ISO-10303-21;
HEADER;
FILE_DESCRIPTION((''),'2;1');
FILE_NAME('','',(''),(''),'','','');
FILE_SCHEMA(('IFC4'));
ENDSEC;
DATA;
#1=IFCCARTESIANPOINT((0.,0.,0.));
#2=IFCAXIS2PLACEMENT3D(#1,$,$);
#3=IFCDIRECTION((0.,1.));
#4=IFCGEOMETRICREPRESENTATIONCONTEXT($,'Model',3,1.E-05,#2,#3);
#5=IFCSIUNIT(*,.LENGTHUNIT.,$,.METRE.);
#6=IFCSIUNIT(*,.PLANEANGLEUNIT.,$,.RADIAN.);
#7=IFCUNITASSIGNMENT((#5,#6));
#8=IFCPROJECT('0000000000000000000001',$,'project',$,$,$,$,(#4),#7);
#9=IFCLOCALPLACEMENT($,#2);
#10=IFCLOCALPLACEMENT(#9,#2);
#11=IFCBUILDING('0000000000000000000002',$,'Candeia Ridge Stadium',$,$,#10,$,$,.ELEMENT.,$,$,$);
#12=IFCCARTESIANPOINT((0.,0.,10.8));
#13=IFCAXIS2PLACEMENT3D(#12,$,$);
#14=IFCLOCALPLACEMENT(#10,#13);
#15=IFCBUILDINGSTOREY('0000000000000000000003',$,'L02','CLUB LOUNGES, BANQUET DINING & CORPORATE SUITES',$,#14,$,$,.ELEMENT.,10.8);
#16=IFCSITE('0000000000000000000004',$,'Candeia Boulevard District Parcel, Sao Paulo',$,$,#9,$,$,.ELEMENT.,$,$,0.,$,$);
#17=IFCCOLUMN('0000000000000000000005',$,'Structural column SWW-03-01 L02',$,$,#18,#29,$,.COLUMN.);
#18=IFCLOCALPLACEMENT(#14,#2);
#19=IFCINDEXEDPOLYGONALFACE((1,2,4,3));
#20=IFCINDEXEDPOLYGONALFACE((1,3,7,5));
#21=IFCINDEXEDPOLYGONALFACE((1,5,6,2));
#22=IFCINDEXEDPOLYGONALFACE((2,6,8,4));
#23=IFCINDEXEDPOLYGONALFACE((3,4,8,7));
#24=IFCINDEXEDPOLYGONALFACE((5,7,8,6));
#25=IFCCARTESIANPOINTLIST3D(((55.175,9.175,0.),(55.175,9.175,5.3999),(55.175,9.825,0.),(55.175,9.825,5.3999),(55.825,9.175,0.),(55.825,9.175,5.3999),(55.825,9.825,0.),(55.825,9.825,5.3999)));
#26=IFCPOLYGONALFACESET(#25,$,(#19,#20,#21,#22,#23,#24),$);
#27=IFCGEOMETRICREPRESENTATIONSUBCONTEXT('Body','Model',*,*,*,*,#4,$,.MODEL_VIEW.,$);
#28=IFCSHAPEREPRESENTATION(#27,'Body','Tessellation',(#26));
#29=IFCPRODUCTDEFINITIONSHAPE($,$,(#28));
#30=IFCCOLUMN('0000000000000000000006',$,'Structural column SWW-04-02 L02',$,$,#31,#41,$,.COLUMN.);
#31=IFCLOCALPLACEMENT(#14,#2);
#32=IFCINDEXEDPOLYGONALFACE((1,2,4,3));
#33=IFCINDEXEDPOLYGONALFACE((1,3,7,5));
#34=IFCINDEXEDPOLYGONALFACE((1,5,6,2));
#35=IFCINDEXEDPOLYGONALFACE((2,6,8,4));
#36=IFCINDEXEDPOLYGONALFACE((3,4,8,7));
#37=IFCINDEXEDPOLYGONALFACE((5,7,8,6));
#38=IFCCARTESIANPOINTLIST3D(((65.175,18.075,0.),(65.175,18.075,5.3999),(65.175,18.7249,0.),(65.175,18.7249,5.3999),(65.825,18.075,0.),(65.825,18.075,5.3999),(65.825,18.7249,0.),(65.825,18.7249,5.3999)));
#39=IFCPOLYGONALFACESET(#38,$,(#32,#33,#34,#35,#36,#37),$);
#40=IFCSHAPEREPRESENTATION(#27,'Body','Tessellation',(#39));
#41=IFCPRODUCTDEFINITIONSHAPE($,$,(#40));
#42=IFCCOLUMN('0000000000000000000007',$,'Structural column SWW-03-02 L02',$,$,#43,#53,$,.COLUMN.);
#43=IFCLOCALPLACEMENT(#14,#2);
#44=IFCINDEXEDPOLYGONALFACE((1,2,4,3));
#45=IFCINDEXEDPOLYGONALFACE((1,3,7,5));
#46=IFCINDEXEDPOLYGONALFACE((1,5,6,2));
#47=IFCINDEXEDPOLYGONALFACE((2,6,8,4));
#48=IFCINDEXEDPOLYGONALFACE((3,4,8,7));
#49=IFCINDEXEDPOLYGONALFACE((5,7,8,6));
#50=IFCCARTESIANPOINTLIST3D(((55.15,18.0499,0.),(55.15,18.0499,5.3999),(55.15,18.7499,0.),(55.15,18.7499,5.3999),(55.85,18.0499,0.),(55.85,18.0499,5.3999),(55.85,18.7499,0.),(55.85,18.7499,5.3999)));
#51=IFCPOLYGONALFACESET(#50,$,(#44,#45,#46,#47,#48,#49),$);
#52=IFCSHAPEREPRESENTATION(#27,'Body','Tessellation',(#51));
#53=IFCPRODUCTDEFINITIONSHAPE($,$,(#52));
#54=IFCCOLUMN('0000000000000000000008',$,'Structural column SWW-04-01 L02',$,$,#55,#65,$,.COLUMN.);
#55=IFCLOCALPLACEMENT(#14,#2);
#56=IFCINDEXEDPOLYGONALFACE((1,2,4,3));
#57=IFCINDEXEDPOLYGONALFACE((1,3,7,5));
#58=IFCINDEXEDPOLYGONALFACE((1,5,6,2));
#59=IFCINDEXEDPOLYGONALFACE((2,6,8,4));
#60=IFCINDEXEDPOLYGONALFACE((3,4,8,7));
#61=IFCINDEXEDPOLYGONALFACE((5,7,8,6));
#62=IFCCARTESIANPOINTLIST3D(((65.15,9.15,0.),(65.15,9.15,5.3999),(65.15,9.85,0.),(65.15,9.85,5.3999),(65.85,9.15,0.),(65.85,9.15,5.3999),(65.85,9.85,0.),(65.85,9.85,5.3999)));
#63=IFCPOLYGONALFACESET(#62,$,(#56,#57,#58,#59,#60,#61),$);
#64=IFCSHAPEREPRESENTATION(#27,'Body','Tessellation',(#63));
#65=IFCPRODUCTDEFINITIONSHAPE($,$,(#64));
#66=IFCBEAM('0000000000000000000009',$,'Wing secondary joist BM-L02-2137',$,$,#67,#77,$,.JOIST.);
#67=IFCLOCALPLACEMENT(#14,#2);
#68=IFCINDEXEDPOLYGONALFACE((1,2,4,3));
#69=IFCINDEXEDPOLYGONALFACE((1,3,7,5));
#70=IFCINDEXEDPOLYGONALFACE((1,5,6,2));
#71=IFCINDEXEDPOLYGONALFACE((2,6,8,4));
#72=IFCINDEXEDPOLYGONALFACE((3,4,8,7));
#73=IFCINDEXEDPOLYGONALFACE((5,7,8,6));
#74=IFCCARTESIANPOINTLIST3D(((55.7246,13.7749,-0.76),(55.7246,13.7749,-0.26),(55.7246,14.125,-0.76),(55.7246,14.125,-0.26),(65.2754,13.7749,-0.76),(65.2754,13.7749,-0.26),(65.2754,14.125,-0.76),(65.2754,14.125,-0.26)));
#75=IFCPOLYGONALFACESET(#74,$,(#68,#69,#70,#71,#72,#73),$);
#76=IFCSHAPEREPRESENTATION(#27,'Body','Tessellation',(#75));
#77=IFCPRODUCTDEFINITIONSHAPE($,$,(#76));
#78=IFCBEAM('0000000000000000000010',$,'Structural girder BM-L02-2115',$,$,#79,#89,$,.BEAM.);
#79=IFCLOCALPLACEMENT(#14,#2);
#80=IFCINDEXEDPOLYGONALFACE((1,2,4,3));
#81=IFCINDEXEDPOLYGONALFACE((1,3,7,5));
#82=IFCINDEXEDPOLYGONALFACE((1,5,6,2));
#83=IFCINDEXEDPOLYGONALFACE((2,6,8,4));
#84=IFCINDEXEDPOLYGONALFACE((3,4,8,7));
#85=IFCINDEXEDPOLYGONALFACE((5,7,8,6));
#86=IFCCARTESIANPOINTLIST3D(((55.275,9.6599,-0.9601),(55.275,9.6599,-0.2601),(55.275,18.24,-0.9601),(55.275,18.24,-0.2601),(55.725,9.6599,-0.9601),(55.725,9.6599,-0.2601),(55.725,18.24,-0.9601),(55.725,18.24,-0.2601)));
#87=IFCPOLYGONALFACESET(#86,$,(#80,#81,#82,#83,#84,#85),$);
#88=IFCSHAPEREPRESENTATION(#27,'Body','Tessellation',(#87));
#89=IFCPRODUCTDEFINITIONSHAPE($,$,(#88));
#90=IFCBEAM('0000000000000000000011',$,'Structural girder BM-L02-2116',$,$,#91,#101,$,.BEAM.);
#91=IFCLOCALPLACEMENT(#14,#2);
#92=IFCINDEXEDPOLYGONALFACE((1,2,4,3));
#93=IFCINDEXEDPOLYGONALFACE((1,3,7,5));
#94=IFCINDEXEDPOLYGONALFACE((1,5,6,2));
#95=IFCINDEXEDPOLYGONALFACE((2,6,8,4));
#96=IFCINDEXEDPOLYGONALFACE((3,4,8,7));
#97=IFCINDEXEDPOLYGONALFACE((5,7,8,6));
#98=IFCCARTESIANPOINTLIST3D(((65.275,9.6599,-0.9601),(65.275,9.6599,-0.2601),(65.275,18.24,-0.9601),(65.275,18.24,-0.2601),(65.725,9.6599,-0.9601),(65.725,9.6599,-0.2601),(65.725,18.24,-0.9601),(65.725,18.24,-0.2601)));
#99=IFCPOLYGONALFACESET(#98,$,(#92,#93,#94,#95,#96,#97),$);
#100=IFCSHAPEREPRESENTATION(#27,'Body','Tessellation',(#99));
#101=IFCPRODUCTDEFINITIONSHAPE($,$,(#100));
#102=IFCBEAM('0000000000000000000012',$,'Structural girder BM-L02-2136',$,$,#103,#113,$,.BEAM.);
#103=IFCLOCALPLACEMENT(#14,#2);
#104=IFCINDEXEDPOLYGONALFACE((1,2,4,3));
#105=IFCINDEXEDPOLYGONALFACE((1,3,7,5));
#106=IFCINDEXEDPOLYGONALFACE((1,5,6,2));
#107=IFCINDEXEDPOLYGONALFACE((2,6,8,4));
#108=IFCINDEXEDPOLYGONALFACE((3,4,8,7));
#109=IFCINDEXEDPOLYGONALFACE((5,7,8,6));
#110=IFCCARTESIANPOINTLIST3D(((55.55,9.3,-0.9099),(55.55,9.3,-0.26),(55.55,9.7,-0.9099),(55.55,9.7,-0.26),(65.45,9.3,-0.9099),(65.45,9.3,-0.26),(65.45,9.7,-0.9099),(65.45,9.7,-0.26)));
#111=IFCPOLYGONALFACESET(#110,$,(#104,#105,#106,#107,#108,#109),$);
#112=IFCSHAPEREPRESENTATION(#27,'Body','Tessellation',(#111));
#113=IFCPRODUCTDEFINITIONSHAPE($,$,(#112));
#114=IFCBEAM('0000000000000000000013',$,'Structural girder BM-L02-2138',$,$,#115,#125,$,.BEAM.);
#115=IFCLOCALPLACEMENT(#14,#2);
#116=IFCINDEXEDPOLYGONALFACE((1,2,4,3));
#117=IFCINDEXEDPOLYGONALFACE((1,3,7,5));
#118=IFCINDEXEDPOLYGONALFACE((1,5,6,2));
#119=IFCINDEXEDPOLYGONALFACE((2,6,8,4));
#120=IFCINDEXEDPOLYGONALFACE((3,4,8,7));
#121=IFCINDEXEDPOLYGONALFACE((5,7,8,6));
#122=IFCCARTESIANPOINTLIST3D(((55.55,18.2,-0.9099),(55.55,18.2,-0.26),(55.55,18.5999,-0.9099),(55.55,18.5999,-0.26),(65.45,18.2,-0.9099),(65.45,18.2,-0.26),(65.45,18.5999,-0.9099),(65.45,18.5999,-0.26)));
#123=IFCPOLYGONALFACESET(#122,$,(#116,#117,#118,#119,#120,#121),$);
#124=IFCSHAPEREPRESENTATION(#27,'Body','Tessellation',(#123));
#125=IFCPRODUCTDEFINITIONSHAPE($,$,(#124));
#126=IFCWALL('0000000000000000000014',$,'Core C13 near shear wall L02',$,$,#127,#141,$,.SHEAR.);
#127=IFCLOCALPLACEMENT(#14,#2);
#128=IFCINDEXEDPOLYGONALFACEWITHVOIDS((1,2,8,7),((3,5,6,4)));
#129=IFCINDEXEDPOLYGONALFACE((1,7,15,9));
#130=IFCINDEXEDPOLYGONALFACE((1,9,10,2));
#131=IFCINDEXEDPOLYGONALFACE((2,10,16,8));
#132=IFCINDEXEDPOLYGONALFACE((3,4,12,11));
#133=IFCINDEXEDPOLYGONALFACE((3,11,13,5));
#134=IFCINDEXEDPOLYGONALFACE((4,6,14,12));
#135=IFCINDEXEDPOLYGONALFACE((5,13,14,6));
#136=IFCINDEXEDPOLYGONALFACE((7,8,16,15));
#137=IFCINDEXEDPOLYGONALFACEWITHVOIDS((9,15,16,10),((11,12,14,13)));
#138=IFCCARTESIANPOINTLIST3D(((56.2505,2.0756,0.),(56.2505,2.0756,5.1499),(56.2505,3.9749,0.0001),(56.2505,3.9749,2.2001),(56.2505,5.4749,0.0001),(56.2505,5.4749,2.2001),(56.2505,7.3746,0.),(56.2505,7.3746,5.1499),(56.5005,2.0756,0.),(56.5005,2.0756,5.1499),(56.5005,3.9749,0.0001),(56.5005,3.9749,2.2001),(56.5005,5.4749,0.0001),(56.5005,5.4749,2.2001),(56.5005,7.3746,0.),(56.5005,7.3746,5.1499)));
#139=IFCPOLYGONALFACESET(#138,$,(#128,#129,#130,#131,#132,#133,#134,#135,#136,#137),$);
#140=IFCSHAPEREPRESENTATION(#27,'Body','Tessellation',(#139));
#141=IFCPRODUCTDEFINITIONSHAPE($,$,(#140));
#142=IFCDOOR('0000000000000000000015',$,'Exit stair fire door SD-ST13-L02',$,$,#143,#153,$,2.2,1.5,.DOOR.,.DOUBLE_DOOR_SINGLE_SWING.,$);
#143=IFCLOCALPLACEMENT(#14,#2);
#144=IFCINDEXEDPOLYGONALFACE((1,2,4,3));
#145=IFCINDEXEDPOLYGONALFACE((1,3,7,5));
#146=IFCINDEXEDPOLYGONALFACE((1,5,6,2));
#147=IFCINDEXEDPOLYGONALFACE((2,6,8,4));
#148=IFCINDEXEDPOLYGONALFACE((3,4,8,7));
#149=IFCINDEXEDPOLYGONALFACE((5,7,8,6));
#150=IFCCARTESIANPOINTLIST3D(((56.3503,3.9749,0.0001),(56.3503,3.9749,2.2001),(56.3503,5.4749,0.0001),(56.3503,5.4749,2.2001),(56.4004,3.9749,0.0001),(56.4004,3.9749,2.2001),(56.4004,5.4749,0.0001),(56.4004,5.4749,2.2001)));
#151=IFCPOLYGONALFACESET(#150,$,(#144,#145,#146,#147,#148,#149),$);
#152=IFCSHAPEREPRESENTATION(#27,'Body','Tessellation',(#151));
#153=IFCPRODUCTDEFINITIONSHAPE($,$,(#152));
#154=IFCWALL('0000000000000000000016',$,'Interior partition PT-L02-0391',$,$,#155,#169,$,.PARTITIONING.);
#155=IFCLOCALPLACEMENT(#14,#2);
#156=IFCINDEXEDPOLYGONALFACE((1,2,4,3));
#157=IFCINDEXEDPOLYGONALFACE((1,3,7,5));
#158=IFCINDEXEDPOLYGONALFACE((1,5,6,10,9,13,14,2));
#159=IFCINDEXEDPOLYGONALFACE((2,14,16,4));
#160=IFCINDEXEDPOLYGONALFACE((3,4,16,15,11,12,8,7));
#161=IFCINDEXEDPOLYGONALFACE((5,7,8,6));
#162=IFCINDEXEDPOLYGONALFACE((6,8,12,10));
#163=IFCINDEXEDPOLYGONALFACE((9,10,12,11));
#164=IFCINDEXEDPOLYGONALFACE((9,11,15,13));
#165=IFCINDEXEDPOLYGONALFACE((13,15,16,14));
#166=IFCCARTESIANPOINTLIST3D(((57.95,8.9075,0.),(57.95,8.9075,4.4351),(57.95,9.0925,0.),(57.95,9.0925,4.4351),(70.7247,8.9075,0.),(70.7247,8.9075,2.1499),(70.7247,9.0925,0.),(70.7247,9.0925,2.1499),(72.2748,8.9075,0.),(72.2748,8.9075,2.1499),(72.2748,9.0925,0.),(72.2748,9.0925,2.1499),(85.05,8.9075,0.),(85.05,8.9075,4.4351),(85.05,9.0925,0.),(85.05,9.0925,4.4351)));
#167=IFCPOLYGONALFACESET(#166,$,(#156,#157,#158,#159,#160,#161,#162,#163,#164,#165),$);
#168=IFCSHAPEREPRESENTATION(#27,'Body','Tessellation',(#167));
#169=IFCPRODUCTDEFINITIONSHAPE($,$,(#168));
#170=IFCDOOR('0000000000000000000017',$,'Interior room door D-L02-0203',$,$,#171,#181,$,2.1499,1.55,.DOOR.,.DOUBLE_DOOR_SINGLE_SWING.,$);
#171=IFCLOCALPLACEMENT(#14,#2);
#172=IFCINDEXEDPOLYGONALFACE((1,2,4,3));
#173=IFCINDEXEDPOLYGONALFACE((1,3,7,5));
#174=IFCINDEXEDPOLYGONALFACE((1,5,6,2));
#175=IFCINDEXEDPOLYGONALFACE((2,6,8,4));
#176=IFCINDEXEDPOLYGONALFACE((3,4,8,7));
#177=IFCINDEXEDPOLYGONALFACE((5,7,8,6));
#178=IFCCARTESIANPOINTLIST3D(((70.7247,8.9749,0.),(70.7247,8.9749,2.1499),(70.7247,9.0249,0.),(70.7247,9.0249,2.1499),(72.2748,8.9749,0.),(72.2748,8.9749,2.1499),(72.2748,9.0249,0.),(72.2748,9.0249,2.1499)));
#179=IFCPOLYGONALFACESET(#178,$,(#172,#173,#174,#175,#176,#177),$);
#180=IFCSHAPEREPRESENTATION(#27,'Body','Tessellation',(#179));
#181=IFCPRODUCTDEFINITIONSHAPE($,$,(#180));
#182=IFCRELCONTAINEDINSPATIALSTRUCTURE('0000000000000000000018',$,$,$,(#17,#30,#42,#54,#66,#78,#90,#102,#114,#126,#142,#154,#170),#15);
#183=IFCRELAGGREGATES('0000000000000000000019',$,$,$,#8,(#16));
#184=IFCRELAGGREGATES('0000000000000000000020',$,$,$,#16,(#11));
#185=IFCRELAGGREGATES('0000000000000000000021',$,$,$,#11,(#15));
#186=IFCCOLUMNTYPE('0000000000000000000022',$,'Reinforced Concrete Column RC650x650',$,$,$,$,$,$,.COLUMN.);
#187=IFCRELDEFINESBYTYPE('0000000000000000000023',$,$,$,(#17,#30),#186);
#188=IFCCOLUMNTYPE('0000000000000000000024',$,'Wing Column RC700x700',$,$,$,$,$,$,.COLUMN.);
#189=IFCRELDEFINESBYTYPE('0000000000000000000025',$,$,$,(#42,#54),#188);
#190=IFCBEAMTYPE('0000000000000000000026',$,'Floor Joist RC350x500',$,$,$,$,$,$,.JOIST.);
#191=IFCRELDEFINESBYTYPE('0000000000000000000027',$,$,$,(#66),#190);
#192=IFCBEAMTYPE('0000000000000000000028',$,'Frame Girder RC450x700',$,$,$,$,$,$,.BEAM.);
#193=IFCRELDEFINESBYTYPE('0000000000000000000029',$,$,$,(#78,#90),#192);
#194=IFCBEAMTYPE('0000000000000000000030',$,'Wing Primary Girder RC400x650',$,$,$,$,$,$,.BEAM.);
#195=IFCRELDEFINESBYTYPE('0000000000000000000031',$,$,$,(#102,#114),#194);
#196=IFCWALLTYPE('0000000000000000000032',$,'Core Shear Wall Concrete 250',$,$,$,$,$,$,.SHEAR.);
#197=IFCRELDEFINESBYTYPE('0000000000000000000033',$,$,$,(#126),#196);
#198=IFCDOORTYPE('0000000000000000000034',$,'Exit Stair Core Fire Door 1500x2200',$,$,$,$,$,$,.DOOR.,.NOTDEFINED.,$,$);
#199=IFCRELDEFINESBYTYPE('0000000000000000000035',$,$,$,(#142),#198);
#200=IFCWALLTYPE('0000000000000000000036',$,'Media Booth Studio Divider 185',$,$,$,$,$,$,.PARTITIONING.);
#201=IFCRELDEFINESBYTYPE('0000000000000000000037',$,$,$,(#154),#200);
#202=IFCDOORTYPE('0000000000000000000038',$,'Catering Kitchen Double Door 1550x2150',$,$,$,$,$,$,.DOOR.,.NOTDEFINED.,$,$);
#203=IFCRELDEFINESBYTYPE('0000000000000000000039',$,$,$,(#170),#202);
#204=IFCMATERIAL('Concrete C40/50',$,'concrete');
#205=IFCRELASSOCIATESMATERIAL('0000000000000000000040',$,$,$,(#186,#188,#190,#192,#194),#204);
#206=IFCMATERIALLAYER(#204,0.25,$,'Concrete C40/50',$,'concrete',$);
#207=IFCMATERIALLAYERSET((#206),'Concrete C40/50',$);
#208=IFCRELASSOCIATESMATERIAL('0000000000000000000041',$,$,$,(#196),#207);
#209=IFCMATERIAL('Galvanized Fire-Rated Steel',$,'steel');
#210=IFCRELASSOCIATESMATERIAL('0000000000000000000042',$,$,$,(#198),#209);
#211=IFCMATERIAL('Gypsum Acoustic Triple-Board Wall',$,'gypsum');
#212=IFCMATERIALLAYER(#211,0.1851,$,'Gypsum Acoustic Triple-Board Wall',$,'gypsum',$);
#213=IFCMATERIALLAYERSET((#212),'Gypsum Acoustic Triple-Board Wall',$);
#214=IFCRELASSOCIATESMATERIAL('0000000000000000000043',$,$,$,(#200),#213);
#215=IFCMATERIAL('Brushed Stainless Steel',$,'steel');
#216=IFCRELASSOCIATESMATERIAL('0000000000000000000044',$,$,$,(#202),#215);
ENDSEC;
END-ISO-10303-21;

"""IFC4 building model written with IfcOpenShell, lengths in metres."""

from ifc_helpers import new_model, si_unit, direction, frame, frame_2d, origin, origin_2d, place, context, subcontext, project, spatial, rectangle, extrude, material, layer, layer_set, material_profile, profile_set, type_object, element, fill, save


model = new_model("IFC4")

# Units and contexts
model_context = context("Model", 3, precision=1e-05, world=origin(), true_north=direction((0.0, 1.0)))
body_context = subcontext(model_context, "Body", "Model", "MODEL_VIEW")
ifc_project = project(units=[si_unit("LENGTHUNIT", "METRE"), si_unit("PLANEANGLEUNIT", "RADIAN")], contexts=[model_context])

# Site, building, storey
site_placement = place(None, origin())
site = spatial("IfcSite", under=ifc_project, at=site_placement, Name="Candeia Boulevard District Parcel, Sao Paulo", CompositionType="ELEMENT", RefElevation=0.0)
building_placement = place(site_placement, origin())
building = spatial("IfcBuilding", under=site, at=building_placement, Name="Candeia Ridge Stadium", CompositionType="ELEMENT")
storey_placement = place(building_placement, frame((0.0, 0.0, 10.8)))
storey = spatial("IfcBuildingStorey", under=building, at=storey_placement, Name="L02", Description="CLUB LOUNGES, BANQUET DINING & CORPORATE SUITES", CompositionType="ELEMENT", Elevation=10.8)

# Columns
ifc_material_1 = material(Name="Concrete C40/50", Category="concrete")
ifc_material_profile_1 = material_profile(ifc_material_1, rectangle(XDim=0.6499, YDim=0.6499, at=origin_2d()), Name="RC650x650", Category="concrete")
ifc_profile_set_1 = profile_set([ifc_material_profile_1], Name="Concrete C40/50")
column_type_1 = type_object("IfcColumnType", Name="Reinforced Concrete Column RC650x650", PredefinedType="COLUMN", material=ifc_profile_set_1)
for number, where, z_axis, x_axis, name in (
    (1, (55.5, 9.5, 0.0), (0.0, 0.0, 1.0), (1.0, 0.0, 0.0), "Structural column SWW-03-01 L02"),
    (2, (65.5, 18.3999, 0.0), (0.0, 0.0, 1.0), (1.0, 0.0, 0.0), "Structural column SWW-04-02 L02"),
):
    element("IfcColumn", number, at=place(storey_placement, frame(where, z_axis=z_axis, x_axis=x_axis)), inside=storey, type_object=column_type_1, Name=name, PredefinedType="COLUMN", context=body_context, shape_type="SweptSolid", body=[
        extrude(rectangle(XDim=0.6499, YDim=0.6499, at=origin_2d()), origin(), (0.0, 0.0, 1.0), 5.3999),
    ])
ifc_material_profile_2 = material_profile(ifc_material_1, rectangle(XDim=0.7, YDim=0.7, at=origin_2d()), Name="RC700x700", Category="concrete")
ifc_profile_set_2 = profile_set([ifc_material_profile_2], Name="Concrete C40/50")
column_type_2 = type_object("IfcColumnType", Name="Wing Column RC700x700", PredefinedType="COLUMN", material=ifc_profile_set_2)
for number, where, z_axis, x_axis, name in (
    (3, (55.5, 18.3999, 0.0), (0.0, 0.0, 1.0), (1.0, 0.0, 0.0), "Structural column SWW-03-02 L02"),
    (4, (65.5, 9.5, 0.0), (0.0, 0.0, 1.0), (1.0, 0.0, 0.0), "Structural column SWW-04-01 L02"),
):
    element("IfcColumn", number, at=place(storey_placement, frame(where, z_axis=z_axis, x_axis=x_axis)), inside=storey, type_object=column_type_2, Name=name, PredefinedType="COLUMN", context=body_context, shape_type="SweptSolid", body=[
        extrude(rectangle(XDim=0.7, YDim=0.7, at=origin_2d()), origin(), (0.0, 0.0, 1.0), 5.3999),
    ])

# Beams
ifc_material_profile_3 = material_profile(ifc_material_1, rectangle(XDim=0.3501, YDim=0.5, at=origin_2d()), Name="RC350x500", Category="concrete")
ifc_profile_set_3 = profile_set([ifc_material_profile_3], Name="Concrete C40/50")
beam_type_1 = type_object("IfcBeamType", Name="Floor Joist RC350x500", PredefinedType="JOIST", material=ifc_profile_set_3)
beam_placement = place(storey_placement, frame((55.7246, 13.95, -0.51), z_axis=(1.0, 0.0, 0.0), x_axis=(0.0, 1.0, 0.0)))
element("IfcBeam", 5, at=beam_placement, inside=storey, type_object=beam_type_1, Name="Wing secondary joist BM-L02-2137", PredefinedType="JOIST", context=body_context, shape_type="SweptSolid", body=[
    extrude(rectangle(XDim=0.3501, YDim=0.5, at=origin_2d()), origin(), (0.0, 0.0, 1.0), 9.5508),
])
ifc_material_profile_4 = material_profile(ifc_material_1, rectangle(XDim=0.45, YDim=0.7, at=origin_2d()), Name="RC450x700", Category="concrete")
ifc_profile_set_4 = profile_set([ifc_material_profile_4], Name="Concrete C40/50")
beam_type_2 = type_object("IfcBeamType", Name="Frame Girder RC450x700", PredefinedType="BEAM", material=ifc_profile_set_4)
for number, where, z_axis, x_axis, name in (
    (6, (55.5, 9.6599, -0.6101), (0.0, 1.0, 0.0), (-1.0, 0.0, 0.0), "Structural girder BM-L02-2115"),
    (7, (65.5, 9.6599, -0.6101), (0.0, 1.0, 0.0), (-1.0, 0.0, 0.0), "Structural girder BM-L02-2116"),
):
    element("IfcBeam", number, at=place(storey_placement, frame(where, z_axis=z_axis, x_axis=x_axis)), inside=storey, type_object=beam_type_2, Name=name, PredefinedType="BEAM", context=body_context, shape_type="SweptSolid", body=[
        extrude(rectangle(XDim=0.45, YDim=0.7, at=origin_2d()), origin(), (0.0, 0.0, 1.0), 8.5801),
    ])
ifc_material_profile_5 = material_profile(ifc_material_1, rectangle(XDim=0.3999, YDim=0.6499, at=origin_2d()), Name="RC400x650", Category="concrete")
ifc_profile_set_5 = profile_set([ifc_material_profile_5], Name="Concrete C40/50")
beam_type_3 = type_object("IfcBeamType", Name="Wing Primary Girder RC400x650", PredefinedType="BEAM", material=ifc_profile_set_5)
for number, where, z_axis, x_axis, name in (
    (8, (55.55, 9.5, -0.585), (1.0, 0.0, 0.0), (0.0, 1.0, 0.0), "Structural girder BM-L02-2136"),
    (9, (55.55, 18.3999, -0.585), (1.0, 0.0, 0.0), (0.0, 1.0, 0.0), "Structural girder BM-L02-2138"),
):
    element("IfcBeam", number, at=place(storey_placement, frame(where, z_axis=z_axis, x_axis=x_axis)), inside=storey, type_object=beam_type_3, Name=name, PredefinedType="BEAM", context=body_context, shape_type="SweptSolid", body=[
        extrude(rectangle(XDim=0.3999, YDim=0.6499, at=origin_2d()), origin(), (0.0, 0.0, 1.0), 9.8999),
    ])

# Walls, openings, doors
ifc_layer_1 = layer(ifc_material_1, 0.25, Name="Concrete C40/50", Category="concrete")
ifc_layer_set_1 = layer_set([ifc_layer_1], Name="Concrete C40/50")
wall_type_1 = type_object("IfcWallType", Name="Core Shear Wall Concrete 250", PredefinedType="SHEAR", material=ifc_layer_set_1)
wall_1_placement = place(storey_placement, frame((56.3755, 7.3745, 0.0), z_axis=(0.0, 0.0, 1.0), x_axis=(0.0, -1.0, 0.0)))
wall_1 = element("IfcWall", 10, at=wall_1_placement, inside=storey, type_object=wall_type_1, Name="Core C13 near shear wall L02", PredefinedType="SHEAR", context=body_context, shape_type="SweptSolid", body=[
    extrude(rectangle(XDim=5.2991, YDim=0.25, at=frame_2d((2.6494, 0.0))), origin(), (0.0, 0.0, 1.0), 5.1499),
])
opening_1_placement = place(wall_1_placement, frame((1.8997, 0.0, 0.0)))
opening_1 = element("IfcOpeningElement", 11, at=opening_1_placement, cuts=wall_1, PredefinedType="OPENING", context=body_context, shape_type="SweptSolid", body=[
    extrude(rectangle(XDim=1.5, YDim=2.2, at=frame_2d((0.75, 1.1001))), frame((0.0, 0.135, 0.0), z_axis=(0.0, -1.0, 0.0), x_axis=(1.0, 0.0, 0.0)), (0.0, 0.0, 1.0), 0.27),
])
ifc_material_2 = material(Name="Galvanized Fire-Rated Steel", Category="steel")
door_type_1 = type_object("IfcDoorType", Name="Exit Stair Core Fire Door 1500x2200", OperationType="NOTDEFINED", PredefinedType="DOOR", material=ifc_material_2)
door_1_placement = place(opening_1_placement, origin())
door_1 = element("IfcDoor", 12, at=door_1_placement, inside=storey, type_object=door_type_1, Name="Exit stair fire door SD-ST13-L02", OperationType="DOUBLE_DOOR_SINGLE_SWING", OverallHeight=2.2, OverallWidth=1.5, PredefinedType="DOOR", context=body_context, shape_type="SweptSolid", body=[
    extrude(rectangle(XDim=1.5, YDim=2.2, at=frame_2d((0.75, 1.1001))), frame((0.0, 0.0249, 0.0), z_axis=(0.0, -1.0, 0.0), x_axis=(1.0, 0.0, 0.0)), (0.0, 0.0, 1.0), 0.05),
])
fill(opening_1, door_1)
ifc_material_3 = material(Name="Gypsum Acoustic Triple-Board Wall", Category="gypsum")
ifc_layer_2 = layer(ifc_material_3, 0.1851, Name="Gypsum Acoustic Triple-Board Wall", Category="gypsum")
ifc_layer_set_2 = layer_set([ifc_layer_2], Name="Gypsum Acoustic Triple-Board Wall")
wall_type_2 = type_object("IfcWallType", Name="Media Booth Studio Divider 185", PredefinedType="PARTITIONING", material=ifc_layer_set_2)
wall_2_placement = place(storey_placement, frame((57.95, 9.0, 0.0), z_axis=(0.0, 0.0, 1.0), x_axis=(1.0, 0.0, 0.0)))
wall_2 = element("IfcWall", 13, at=wall_2_placement, inside=storey, type_object=wall_type_2, Name="Interior partition PT-L02-0391", PredefinedType="PARTITIONING", context=body_context, shape_type="SweptSolid", body=[
    extrude(rectangle(XDim=27.1001, YDim=0.1851, at=frame_2d((13.55, 0.0))), origin(), (0.0, 0.0, 1.0), 4.4351),
])
opening_2_placement = place(wall_2_placement, frame((12.7749, 0.0, 0.0)))
opening_2 = element("IfcOpeningElement", 14, at=opening_2_placement, cuts=wall_2, PredefinedType="OPENING", context=body_context, shape_type="SweptSolid", body=[
    extrude(rectangle(XDim=1.55, YDim=2.1499, at=frame_2d((0.7749, 1.075))), frame((0.0, 0.1025, 0.0), z_axis=(0.0, -1.0, 0.0), x_axis=(1.0, 0.0, 0.0)), (0.0, 0.0, 1.0), 0.2051),
])
ifc_material_4 = material(Name="Brushed Stainless Steel", Category="steel")
door_type_2 = type_object("IfcDoorType", Name="Catering Kitchen Double Door 1550x2150", OperationType="NOTDEFINED", PredefinedType="DOOR", material=ifc_material_4)
door_2_placement = place(opening_2_placement, origin())
door_2 = element("IfcDoor", 15, at=door_2_placement, inside=storey, type_object=door_type_2, Name="Interior room door D-L02-0203", OperationType="DOUBLE_DOOR_SINGLE_SWING", OverallHeight=2.1499, OverallWidth=1.55, PredefinedType="DOOR", context=body_context, shape_type="SweptSolid", body=[
    extrude(rectangle(XDim=1.55, YDim=2.1499, at=frame_2d((0.7749, 1.075))), frame((0.0, 0.0249, 0.0), z_axis=(0.0, -1.0, 0.0), x_axis=(1.0, 0.0, 0.0)), (0.0, 0.0, 1.0), 0.05),
])
fill(opening_2, door_2)

save(model, "model.ifc")
